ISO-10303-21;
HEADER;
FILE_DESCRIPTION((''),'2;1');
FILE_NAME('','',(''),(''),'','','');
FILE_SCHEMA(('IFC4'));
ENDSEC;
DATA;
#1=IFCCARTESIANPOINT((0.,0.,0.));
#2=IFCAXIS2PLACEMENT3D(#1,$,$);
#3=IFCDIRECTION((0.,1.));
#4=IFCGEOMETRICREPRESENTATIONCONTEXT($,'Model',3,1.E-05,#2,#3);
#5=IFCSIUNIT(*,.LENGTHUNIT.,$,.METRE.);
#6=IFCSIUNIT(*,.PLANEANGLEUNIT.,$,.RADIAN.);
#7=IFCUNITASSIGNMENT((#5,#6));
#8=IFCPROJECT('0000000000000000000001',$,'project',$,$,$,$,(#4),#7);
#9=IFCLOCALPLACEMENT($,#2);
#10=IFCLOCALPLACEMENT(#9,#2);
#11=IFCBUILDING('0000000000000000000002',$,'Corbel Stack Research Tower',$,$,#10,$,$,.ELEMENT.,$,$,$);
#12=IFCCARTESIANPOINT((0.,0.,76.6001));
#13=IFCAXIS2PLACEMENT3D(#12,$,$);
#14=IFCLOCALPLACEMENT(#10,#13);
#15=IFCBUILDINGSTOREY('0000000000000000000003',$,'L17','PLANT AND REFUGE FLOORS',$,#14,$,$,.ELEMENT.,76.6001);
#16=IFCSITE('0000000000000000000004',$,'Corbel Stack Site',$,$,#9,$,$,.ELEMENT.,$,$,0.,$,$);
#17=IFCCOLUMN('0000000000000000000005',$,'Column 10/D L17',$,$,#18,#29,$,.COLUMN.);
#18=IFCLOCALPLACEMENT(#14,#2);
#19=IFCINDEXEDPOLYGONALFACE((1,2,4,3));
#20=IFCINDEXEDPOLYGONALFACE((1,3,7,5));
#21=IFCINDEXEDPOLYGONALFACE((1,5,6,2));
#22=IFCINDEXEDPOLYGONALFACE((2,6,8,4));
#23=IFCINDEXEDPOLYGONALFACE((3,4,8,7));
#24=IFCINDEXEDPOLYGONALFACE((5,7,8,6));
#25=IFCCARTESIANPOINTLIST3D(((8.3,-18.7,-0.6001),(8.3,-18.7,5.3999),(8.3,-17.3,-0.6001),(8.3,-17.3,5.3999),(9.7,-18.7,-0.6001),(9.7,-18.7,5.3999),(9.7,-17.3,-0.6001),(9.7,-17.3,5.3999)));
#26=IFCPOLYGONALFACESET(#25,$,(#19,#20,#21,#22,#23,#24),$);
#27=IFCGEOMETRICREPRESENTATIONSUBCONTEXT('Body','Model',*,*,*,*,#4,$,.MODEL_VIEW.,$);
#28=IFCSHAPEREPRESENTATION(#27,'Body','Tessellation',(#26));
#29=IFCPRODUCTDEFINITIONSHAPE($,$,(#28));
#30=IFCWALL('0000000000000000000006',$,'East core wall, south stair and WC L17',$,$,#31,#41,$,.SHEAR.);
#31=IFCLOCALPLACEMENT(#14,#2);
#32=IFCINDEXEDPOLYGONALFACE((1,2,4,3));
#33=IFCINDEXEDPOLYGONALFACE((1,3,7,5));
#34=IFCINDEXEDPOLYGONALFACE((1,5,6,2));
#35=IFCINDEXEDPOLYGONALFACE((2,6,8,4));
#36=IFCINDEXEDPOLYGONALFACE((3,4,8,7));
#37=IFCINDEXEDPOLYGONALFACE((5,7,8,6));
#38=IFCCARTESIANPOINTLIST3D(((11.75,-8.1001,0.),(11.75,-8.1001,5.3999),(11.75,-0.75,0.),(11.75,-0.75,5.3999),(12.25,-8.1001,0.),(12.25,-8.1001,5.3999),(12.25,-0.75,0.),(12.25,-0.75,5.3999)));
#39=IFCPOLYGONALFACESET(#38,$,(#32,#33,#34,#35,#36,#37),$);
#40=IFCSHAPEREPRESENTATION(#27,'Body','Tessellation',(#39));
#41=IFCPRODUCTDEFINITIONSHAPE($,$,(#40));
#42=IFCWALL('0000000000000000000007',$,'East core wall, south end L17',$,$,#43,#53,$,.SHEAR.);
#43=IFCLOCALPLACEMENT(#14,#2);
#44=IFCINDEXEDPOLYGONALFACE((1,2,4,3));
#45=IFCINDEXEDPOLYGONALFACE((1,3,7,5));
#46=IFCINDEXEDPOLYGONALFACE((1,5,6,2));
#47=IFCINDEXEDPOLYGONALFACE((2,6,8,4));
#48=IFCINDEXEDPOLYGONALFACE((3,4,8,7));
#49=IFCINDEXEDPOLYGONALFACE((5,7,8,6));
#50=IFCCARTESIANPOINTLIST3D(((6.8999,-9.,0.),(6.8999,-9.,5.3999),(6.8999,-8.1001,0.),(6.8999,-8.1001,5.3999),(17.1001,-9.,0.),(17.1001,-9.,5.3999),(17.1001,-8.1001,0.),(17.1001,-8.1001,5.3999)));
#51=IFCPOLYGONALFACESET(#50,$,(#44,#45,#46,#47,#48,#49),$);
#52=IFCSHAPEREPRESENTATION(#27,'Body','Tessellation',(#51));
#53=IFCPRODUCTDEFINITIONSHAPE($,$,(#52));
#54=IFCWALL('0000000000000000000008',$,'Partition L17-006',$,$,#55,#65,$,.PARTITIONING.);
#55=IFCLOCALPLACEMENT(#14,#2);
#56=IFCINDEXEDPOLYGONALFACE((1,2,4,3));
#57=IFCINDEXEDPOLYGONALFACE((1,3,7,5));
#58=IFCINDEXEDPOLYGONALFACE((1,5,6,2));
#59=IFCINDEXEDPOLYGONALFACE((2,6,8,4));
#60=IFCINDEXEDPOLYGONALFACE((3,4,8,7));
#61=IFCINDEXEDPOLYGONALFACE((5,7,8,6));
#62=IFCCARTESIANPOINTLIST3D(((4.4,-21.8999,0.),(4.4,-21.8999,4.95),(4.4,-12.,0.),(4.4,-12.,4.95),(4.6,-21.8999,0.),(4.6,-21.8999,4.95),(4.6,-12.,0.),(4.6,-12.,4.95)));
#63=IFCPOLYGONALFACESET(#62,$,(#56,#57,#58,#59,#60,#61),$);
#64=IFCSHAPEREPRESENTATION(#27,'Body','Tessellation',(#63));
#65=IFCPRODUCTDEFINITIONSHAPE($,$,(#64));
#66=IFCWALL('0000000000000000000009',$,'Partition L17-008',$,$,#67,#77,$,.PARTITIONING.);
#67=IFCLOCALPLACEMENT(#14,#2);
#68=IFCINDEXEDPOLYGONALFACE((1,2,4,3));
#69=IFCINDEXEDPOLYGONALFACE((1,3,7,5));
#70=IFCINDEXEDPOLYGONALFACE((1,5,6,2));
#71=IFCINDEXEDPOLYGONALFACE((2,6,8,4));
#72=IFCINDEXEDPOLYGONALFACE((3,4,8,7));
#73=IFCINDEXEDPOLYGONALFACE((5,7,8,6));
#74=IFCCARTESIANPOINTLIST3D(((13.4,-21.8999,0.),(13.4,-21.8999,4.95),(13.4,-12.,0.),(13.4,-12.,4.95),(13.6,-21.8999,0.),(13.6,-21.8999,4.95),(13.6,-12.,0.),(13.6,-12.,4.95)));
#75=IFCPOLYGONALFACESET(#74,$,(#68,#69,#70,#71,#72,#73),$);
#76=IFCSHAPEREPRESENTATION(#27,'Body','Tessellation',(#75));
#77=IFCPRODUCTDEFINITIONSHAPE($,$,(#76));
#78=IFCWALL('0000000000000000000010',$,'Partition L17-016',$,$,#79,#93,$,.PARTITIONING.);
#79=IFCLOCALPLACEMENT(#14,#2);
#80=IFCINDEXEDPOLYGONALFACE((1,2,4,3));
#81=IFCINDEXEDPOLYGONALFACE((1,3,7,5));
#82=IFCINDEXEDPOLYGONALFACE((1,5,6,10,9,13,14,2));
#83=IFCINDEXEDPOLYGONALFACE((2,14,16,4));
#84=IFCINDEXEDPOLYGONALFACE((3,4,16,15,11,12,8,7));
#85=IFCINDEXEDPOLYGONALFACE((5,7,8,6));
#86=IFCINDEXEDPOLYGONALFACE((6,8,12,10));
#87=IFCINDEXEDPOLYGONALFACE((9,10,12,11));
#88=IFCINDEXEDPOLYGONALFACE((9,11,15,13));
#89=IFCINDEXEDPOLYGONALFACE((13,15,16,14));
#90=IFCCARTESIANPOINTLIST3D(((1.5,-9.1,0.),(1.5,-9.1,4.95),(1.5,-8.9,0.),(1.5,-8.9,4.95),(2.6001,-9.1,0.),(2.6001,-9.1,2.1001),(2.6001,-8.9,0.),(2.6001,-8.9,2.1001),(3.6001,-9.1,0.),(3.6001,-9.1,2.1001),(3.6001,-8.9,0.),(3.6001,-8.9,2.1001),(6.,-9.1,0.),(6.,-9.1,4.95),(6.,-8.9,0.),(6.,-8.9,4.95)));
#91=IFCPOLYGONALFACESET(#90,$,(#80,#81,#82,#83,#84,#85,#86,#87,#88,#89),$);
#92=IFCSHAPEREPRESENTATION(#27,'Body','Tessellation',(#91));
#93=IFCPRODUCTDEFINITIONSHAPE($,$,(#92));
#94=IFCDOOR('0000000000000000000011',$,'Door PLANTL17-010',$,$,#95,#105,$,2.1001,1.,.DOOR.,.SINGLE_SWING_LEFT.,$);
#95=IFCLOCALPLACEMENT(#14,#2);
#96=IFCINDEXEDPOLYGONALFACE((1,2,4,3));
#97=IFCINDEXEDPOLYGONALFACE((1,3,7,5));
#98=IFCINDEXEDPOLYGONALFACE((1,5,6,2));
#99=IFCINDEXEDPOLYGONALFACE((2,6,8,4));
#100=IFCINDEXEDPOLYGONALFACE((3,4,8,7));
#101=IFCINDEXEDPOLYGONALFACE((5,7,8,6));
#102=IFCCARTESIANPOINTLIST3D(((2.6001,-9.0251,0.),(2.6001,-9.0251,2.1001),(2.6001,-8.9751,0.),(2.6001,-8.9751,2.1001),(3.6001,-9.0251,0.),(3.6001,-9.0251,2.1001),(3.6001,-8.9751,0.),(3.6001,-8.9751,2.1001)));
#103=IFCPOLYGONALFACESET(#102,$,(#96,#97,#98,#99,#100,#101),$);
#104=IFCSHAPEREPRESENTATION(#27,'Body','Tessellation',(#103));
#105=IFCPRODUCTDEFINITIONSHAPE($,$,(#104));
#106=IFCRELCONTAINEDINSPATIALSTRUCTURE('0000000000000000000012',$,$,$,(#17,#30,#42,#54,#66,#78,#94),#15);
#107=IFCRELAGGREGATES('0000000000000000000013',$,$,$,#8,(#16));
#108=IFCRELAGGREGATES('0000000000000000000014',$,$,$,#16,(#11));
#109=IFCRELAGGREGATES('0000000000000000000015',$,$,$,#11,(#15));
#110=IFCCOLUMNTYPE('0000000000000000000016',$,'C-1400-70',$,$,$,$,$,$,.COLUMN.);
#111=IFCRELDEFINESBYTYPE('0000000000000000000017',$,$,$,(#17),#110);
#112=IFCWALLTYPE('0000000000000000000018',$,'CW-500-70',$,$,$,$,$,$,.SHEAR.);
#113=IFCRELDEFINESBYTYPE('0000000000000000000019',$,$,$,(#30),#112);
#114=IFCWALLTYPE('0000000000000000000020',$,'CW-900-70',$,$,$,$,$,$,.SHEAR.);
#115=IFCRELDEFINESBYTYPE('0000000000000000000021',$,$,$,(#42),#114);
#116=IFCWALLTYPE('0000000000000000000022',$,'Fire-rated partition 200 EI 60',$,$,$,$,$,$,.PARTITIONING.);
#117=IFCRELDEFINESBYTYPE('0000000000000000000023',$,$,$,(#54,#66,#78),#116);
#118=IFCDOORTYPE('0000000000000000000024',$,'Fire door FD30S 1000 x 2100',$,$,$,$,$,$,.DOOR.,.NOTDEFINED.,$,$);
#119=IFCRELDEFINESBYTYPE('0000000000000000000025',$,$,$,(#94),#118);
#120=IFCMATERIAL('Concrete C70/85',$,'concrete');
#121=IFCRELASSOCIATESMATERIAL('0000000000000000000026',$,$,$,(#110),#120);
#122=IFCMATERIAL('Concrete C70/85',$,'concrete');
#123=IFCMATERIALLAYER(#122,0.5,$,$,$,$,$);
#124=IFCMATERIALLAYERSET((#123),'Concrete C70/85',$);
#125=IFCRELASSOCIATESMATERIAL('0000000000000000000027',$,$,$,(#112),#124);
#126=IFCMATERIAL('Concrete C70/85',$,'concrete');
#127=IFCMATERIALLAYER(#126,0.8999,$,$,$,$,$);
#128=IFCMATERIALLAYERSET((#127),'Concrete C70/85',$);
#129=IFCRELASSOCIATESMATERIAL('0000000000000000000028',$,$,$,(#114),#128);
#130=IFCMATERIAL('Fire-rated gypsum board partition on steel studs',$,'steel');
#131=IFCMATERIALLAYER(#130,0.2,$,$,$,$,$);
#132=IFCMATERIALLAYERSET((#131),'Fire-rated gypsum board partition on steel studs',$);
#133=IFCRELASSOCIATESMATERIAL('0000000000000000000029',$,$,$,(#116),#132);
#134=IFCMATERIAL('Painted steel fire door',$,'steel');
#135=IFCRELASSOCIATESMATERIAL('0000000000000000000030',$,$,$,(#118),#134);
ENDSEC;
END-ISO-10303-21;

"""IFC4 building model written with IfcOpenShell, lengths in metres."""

from ifc_helpers import new_model, si_unit, direction, frame, frame_2d, origin, origin_2d, place, context, subcontext, project, spatial, rectangle, extrude, material, layer, layer_set, material_profile, profile_set, type_object, element, fill, save


model = new_model("IFC4")

# Units and contexts
model_context = context("Model", 3, precision=1e-05, world=origin(), true_north=direction((0.0, 1.0)))
body_context = subcontext(model_context, "Body", "Model", "MODEL_VIEW")
ifc_project = project(units=[si_unit("LENGTHUNIT", "METRE"), si_unit("PLANEANGLEUNIT", "RADIAN")], contexts=[model_context])

# Site, building, storey
site_placement = place(None, origin())
site = spatial("IfcSite", under=ifc_project, at=site_placement, Name="Corbel Stack Site", CompositionType="ELEMENT", RefElevation=0.0)
building_placement = place(site_placement, origin())
building = spatial("IfcBuilding", under=site, at=building_placement, Name="Corbel Stack Research Tower", CompositionType="ELEMENT")
storey_placement = place(building_placement, frame((0.0, 0.0, 76.6001)))
storey = spatial("IfcBuildingStorey", under=building, at=storey_placement, Name="L17", Description="PLANT AND REFUGE FLOORS", CompositionType="ELEMENT", Elevation=76.6001)

# Column
ifc_material_1 = material(Name="Concrete C70/85", Category="concrete")
ifc_material_profile = material_profile(ifc_material_1, rectangle(XDim=1.3999, YDim=1.3999, at=origin_2d()), Name="RC 1400 x 1400")
ifc_profile_set = profile_set([ifc_material_profile], Name="Concrete C70/85")
column_type = type_object("IfcColumnType", Name="C-1400-70", PredefinedType="COLUMN", material=ifc_profile_set)
column_placement = place(storey_placement, frame((9.0, -18.0, -0.6001), z_axis=(0.0, 0.0, 1.0), x_axis=(1.0, 0.0, 0.0)))
element("IfcColumn", 1, at=column_placement, inside=storey, type_object=column_type, Name="Column 10/D L17", PredefinedType="COLUMN", context=body_context, shape_type="SweptSolid", body=[
    extrude(rectangle(XDim=1.3999, YDim=1.3999, at=origin_2d()), origin(), (0.0, 0.0, 1.0), 6.0),
])

# Wall
ifc_material_2 = material(Name="Concrete C70/85", Category="concrete")
ifc_layer_1 = layer(ifc_material_2, 0.5)
ifc_layer_set_1 = layer_set([ifc_layer_1], Name="Concrete C70/85")
wall_type_1 = type_object("IfcWallType", Name="CW-500-70", PredefinedType="SHEAR", material=ifc_layer_set_1)
wall_1_placement = place(storey_placement, frame((12.0, -8.1001, 0.0), z_axis=(0.0, 0.0, 1.0), x_axis=(0.0, 1.0, 0.0)))
element("IfcWall", 2, at=wall_1_placement, inside=storey, type_object=wall_type_1, Name="East core wall, south stair and WC L17", PredefinedType="SHEAR", context=body_context, shape_type="SweptSolid", body=[
    extrude(rectangle(XDim=7.3501, YDim=0.5, at=frame_2d((3.675, 0.0))), origin(), (0.0, 0.0, 1.0), 5.3999),
])

# Shared definitions
ifc_material_3 = material(Name="Concrete C70/85", Category="concrete")
ifc_layer_2 = layer(ifc_material_3, 0.8999)
ifc_layer_set_2 = layer_set([ifc_layer_2], Name="Concrete C70/85")
wall_type_2 = type_object("IfcWallType", Name="CW-900-70", PredefinedType="SHEAR", material=ifc_layer_set_2)

# Walls
wall_2_placement = place(storey_placement, frame((6.8999, -8.55, 0.0), z_axis=(0.0, 0.0, 1.0), x_axis=(1.0, 0.0, 0.0)))
element("IfcWall", 3, at=wall_2_placement, inside=storey, type_object=wall_type_2, Name="East core wall, south end L17", PredefinedType="SHEAR", context=body_context, shape_type="SweptSolid", body=[
    extrude(rectangle(XDim=10.2002, YDim=0.8999, at=frame_2d((5.1001, 0.0))), origin(), (0.0, 0.0, 1.0), 5.3999),
])
ifc_material_4 = material(Name="Fire-rated gypsum board partition on steel studs", Category="steel")
ifc_layer_3 = layer(ifc_material_4, 0.2)
ifc_layer_set_3 = layer_set([ifc_layer_3], Name="Fire-rated gypsum board partition on steel studs")
wall_type_3 = type_object("IfcWallType", Name="Fire-rated partition 200 EI 60", PredefinedType="PARTITIONING", material=ifc_layer_set_3)
for number, where, z_axis, x_axis, name in (
    (4, (4.5, -21.8999, 0.0), (0.0, 0.0, 1.0), (0.0, 1.0, 0.0), "Partition L17-006"),
    (5, (13.5, -21.8999, 0.0), (0.0, 0.0, 1.0), (0.0, 1.0, 0.0), "Partition L17-008"),
):
    element("IfcWall", number, at=place(storey_placement, frame(where, z_axis=z_axis, x_axis=x_axis)), inside=storey, type_object=wall_type_3, Name=name, PredefinedType="PARTITIONING", context=body_context, shape_type="SweptSolid", body=[
        extrude(rectangle(XDim=9.8999, YDim=0.2, at=frame_2d((4.95, 0.0))), origin(), (0.0, 0.0, 1.0), 4.95),
    ])

# Wall, opening, door
wall_3_placement = place(storey_placement, frame((1.5, -9.0, 0.0), z_axis=(0.0, 0.0, 1.0), x_axis=(1.0, 0.0, 0.0)))
wall_3 = element("IfcWall", 6, at=wall_3_placement, inside=storey, type_object=wall_type_3, Name="Partition L17-016", PredefinedType="PARTITIONING", context=body_context, shape_type="SweptSolid", body=[
    extrude(rectangle(XDim=4.5, YDim=0.2, at=frame_2d((2.25, 0.0))), origin(), (0.0, 0.0, 1.0), 4.95),
])
opening_1_placement = place(wall_3_placement, frame((1.1001, 0.0, 0.0)))
opening_1 = element("IfcOpeningElement", 7, at=opening_1_placement, cuts=wall_3, PredefinedType="OPENING", context=body_context, shape_type="SweptSolid", body=[
    extrude(rectangle(XDim=1.0, YDim=2.1001, at=frame_2d((0.5, 1.05))), frame((0.0, 0.1099, 0.0), z_axis=(0.0, -1.0, 0.0), x_axis=(1.0, 0.0, 0.0)), (0.0, 0.0, 1.0), 0.22),
])
ifc_material_5 = material(Name="Painted steel fire door", Category="steel")
door_type_1 = type_object("IfcDoorType", Name="Fire door FD30S 1000 x 2100", OperationType="NOTDEFINED", PredefinedType="DOOR", material=ifc_material_5)
door_1_placement = place(opening_1_placement, origin())
door_1 = element("IfcDoor", 8, at=door_1_placement, inside=storey, type_object=door_type_1, Name="Door PLANTL17-010", OperationType="SINGLE_SWING_LEFT", OverallHeight=2.1001, OverallWidth=1.0, PredefinedType="DOOR", context=body_context, shape_type="SweptSolid", body=[
    extrude(rectangle(XDim=1.0, YDim=2.1001, at=frame_2d((0.5, 1.05))), frame((0.0, 0.0249, 0.0), z_axis=(0.0, -1.0, 0.0), x_axis=(1.0, 0.0, 0.0)), (0.0, 0.0, 1.0), 0.05),
])
fill(opening_1, door_1)

save(model, "model.ifc")
